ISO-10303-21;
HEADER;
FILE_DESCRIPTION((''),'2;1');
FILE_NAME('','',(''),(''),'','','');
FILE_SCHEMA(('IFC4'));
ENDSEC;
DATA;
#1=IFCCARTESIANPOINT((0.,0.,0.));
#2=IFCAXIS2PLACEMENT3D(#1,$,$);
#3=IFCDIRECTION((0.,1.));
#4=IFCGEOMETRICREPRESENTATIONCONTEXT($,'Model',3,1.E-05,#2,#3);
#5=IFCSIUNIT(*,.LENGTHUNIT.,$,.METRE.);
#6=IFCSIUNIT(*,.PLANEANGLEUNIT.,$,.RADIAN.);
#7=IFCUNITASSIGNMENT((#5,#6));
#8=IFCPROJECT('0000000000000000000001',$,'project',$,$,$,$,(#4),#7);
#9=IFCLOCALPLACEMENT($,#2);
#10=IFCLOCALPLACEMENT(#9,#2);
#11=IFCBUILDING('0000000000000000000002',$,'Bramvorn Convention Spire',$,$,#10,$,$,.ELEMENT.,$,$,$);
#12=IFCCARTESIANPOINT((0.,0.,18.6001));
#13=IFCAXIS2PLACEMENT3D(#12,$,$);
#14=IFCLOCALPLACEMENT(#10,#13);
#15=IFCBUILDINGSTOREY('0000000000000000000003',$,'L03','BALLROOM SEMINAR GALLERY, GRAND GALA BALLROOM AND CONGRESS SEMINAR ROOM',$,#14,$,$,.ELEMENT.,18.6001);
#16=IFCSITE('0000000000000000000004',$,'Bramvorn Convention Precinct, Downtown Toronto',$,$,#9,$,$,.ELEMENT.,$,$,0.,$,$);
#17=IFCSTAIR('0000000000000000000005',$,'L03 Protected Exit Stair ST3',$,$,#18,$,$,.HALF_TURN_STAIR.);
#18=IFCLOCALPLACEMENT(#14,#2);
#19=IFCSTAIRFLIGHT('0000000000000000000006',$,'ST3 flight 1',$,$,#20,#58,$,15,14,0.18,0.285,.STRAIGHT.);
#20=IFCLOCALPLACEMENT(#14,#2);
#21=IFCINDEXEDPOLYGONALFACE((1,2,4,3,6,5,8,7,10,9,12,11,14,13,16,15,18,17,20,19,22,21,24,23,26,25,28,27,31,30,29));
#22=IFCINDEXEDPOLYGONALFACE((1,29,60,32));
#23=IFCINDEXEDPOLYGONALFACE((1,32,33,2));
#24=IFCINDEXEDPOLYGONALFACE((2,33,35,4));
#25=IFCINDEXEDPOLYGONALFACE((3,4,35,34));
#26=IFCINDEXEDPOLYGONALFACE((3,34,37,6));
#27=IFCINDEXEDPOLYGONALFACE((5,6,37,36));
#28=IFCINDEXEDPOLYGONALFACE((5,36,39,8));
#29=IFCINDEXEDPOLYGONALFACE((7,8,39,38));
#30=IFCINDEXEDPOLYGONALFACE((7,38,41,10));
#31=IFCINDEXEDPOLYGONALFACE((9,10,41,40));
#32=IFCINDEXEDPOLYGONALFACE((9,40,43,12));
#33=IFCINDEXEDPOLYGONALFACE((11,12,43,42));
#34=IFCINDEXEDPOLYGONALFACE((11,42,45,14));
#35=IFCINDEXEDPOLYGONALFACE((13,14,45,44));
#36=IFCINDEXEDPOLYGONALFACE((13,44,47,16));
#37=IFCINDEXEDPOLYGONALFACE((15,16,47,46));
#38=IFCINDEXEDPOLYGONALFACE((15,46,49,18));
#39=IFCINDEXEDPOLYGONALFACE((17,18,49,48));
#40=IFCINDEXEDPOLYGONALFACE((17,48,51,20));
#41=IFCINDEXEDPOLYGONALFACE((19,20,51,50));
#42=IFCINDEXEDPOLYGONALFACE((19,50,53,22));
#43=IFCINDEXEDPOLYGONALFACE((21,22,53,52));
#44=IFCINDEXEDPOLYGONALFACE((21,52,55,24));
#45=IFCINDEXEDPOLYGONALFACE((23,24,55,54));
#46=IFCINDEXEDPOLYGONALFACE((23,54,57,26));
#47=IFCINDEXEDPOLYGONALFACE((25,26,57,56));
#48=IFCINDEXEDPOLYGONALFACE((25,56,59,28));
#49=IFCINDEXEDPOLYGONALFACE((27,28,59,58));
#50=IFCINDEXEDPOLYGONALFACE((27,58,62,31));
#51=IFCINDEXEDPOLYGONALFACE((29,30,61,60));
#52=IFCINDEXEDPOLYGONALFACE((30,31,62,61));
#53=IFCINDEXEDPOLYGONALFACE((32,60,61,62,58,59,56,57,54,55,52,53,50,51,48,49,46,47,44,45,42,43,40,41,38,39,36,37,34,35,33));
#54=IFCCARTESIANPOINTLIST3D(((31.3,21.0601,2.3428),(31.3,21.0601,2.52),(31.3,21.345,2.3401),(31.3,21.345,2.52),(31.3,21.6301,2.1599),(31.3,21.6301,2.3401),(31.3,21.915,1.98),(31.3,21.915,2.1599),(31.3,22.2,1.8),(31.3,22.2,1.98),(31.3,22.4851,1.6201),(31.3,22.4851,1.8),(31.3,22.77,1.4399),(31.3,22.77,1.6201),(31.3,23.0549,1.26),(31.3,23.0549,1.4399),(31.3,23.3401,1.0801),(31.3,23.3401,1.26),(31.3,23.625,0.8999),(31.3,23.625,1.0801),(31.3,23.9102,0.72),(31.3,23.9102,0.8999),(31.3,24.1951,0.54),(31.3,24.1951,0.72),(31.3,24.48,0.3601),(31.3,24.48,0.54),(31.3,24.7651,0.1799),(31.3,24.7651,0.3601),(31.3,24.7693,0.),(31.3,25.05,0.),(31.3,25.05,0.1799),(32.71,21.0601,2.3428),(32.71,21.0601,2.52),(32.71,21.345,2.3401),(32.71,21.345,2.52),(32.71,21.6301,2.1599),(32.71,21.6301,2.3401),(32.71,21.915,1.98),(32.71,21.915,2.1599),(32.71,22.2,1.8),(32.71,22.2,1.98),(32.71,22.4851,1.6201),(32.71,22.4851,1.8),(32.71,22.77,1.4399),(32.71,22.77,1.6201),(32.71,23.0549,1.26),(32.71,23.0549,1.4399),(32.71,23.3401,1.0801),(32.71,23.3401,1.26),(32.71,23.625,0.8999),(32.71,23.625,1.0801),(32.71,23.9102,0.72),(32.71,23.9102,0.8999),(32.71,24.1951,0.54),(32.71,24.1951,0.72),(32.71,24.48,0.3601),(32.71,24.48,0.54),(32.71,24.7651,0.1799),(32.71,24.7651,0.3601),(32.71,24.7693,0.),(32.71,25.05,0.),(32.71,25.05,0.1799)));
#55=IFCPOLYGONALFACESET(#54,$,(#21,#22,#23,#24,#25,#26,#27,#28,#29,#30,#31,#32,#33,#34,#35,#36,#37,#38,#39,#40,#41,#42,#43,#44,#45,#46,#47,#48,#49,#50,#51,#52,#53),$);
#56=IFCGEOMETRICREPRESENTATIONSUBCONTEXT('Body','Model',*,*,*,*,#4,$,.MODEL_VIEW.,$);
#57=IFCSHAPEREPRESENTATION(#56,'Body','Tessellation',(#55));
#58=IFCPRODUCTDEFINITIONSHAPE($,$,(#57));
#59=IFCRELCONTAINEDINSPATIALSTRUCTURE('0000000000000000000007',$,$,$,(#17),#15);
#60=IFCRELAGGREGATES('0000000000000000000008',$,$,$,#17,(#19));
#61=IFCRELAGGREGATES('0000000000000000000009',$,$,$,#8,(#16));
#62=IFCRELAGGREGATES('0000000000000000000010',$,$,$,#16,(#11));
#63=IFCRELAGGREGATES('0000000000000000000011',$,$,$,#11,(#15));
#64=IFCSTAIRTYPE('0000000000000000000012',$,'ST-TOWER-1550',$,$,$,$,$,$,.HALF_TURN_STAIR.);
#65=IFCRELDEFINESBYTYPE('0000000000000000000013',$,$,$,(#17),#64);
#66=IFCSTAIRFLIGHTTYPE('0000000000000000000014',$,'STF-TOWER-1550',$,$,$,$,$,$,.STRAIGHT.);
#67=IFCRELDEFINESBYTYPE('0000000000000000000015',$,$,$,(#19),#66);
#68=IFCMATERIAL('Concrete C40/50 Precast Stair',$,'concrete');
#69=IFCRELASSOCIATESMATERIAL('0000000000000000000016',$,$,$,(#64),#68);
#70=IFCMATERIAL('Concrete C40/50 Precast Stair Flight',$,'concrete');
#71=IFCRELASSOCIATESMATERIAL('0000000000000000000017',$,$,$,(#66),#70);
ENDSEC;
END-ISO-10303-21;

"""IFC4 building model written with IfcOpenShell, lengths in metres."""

from ifc_helpers import new_model, si_unit, direction, frame, origin, place, context, subcontext, project, spatial, polyline, outline, extrude, material, type_object, element, aggregate, save


model = new_model("IFC4")

# Units and contexts
model_context = context("Model", 3, precision=1e-05, world=origin(), true_north=direction((0.0, 1.0)))
body_context = subcontext(model_context, "Body", "Model", "MODEL_VIEW")
ifc_project = project(units=[si_unit("LENGTHUNIT", "METRE"), si_unit("PLANEANGLEUNIT", "RADIAN")], contexts=[model_context])

# Site, building, storey
site_placement = place(None, origin())
site = spatial("IfcSite", under=ifc_project, at=site_placement, Name="Bramvorn Convention Precinct, Downtown Toronto", CompositionType="ELEMENT", RefElevation=0.0)
building_placement = place(site_placement, origin())
building = spatial("IfcBuilding", under=site, at=building_placement, Name="Bramvorn Convention Spire", CompositionType="ELEMENT")
storey_placement = place(building_placement, frame((0.0, 0.0, 18.6001)))
storey = spatial("IfcBuildingStorey", under=building, at=storey_placement, Name="L03", Description="BALLROOM SEMINAR GALLERY, GRAND GALA BALLROOM AND CONGRESS SEMINAR ROOM", CompositionType="ELEMENT", Elevation=18.6001)

# Stair, stair flight
ifc_material_1 = material(Name="Concrete C40/50 Precast Stair", Category="concrete")
stair_type = type_object("IfcStairType", Name="ST-TOWER-1550", PredefinedType="HALF_TURN_STAIR", material=ifc_material_1)
ifc_material_2 = material(Name="Concrete C40/50 Precast Stair Flight", Category="concrete")
stair_flight_type = type_object("IfcStairFlightType", Name="STF-TOWER-1550", PredefinedType="STRAIGHT", material=ifc_material_2)
stair_1_placement = place(storey_placement, origin())
stair_1 = element("IfcStair", 1, at=stair_1_placement, inside=storey, type_object=stair_type, Name="L03 Protected Exit Stair ST3", PredefinedType="HALF_TURN_STAIR")
stair_flight_1_placement = place(storey_placement, frame((32.0049, 25.05, 0.0), z_axis=(0.0, 0.0, 1.0), x_axis=(0.0, -1.0, 0.0)))
stair_flight_1 = element("IfcStairFlight", 2, at=stair_flight_1_placement, type_object=stair_flight_type, Name="ST3 flight 1", NumberOfRisers=15, NumberOfTreads=14, PredefinedType="STRAIGHT", RiserHeight=0.18, TreadLength=0.285, context=body_context, shape_type="SweptSolid", body=[
    extrude(outline(polyline([(0.0, 0.0), (0.0, 0.1799), (0.2849, 0.1799), (0.2849, 0.3601), (0.5701, 0.3601), (0.5701, 0.54), (0.855, 0.54), (0.855, 0.72), (1.1399, 0.72), (1.1399, 0.8999), (1.425, 0.8999), (1.425, 1.0801), (1.71, 1.0801), (1.71, 1.26), (1.9951, 1.26), (1.9951, 1.4399), (2.28, 1.4399), (2.28, 1.6201), (2.5649, 1.6201), (2.5649, 1.8), (2.8501, 1.8), (2.8501, 1.98), (3.135, 1.98), (3.135, 2.1599), (3.4199, 2.1599), (3.4199, 2.3401), (3.7051, 2.3401), (3.7051, 2.52), (3.99, 2.52), (3.99, 2.7), (3.99, 2.3428), (0.2808, 0.0), (0.0, 0.0)])), frame((0.0, 0.7051, 0.0), z_axis=(0.0, -1.0, 0.0), x_axis=(1.0, 0.0, 0.0)), (0.0, 0.0, 1.0), 1.4099),
])
aggregate(stair_1, [stair_flight_1])

save(model, "model.ifc")
